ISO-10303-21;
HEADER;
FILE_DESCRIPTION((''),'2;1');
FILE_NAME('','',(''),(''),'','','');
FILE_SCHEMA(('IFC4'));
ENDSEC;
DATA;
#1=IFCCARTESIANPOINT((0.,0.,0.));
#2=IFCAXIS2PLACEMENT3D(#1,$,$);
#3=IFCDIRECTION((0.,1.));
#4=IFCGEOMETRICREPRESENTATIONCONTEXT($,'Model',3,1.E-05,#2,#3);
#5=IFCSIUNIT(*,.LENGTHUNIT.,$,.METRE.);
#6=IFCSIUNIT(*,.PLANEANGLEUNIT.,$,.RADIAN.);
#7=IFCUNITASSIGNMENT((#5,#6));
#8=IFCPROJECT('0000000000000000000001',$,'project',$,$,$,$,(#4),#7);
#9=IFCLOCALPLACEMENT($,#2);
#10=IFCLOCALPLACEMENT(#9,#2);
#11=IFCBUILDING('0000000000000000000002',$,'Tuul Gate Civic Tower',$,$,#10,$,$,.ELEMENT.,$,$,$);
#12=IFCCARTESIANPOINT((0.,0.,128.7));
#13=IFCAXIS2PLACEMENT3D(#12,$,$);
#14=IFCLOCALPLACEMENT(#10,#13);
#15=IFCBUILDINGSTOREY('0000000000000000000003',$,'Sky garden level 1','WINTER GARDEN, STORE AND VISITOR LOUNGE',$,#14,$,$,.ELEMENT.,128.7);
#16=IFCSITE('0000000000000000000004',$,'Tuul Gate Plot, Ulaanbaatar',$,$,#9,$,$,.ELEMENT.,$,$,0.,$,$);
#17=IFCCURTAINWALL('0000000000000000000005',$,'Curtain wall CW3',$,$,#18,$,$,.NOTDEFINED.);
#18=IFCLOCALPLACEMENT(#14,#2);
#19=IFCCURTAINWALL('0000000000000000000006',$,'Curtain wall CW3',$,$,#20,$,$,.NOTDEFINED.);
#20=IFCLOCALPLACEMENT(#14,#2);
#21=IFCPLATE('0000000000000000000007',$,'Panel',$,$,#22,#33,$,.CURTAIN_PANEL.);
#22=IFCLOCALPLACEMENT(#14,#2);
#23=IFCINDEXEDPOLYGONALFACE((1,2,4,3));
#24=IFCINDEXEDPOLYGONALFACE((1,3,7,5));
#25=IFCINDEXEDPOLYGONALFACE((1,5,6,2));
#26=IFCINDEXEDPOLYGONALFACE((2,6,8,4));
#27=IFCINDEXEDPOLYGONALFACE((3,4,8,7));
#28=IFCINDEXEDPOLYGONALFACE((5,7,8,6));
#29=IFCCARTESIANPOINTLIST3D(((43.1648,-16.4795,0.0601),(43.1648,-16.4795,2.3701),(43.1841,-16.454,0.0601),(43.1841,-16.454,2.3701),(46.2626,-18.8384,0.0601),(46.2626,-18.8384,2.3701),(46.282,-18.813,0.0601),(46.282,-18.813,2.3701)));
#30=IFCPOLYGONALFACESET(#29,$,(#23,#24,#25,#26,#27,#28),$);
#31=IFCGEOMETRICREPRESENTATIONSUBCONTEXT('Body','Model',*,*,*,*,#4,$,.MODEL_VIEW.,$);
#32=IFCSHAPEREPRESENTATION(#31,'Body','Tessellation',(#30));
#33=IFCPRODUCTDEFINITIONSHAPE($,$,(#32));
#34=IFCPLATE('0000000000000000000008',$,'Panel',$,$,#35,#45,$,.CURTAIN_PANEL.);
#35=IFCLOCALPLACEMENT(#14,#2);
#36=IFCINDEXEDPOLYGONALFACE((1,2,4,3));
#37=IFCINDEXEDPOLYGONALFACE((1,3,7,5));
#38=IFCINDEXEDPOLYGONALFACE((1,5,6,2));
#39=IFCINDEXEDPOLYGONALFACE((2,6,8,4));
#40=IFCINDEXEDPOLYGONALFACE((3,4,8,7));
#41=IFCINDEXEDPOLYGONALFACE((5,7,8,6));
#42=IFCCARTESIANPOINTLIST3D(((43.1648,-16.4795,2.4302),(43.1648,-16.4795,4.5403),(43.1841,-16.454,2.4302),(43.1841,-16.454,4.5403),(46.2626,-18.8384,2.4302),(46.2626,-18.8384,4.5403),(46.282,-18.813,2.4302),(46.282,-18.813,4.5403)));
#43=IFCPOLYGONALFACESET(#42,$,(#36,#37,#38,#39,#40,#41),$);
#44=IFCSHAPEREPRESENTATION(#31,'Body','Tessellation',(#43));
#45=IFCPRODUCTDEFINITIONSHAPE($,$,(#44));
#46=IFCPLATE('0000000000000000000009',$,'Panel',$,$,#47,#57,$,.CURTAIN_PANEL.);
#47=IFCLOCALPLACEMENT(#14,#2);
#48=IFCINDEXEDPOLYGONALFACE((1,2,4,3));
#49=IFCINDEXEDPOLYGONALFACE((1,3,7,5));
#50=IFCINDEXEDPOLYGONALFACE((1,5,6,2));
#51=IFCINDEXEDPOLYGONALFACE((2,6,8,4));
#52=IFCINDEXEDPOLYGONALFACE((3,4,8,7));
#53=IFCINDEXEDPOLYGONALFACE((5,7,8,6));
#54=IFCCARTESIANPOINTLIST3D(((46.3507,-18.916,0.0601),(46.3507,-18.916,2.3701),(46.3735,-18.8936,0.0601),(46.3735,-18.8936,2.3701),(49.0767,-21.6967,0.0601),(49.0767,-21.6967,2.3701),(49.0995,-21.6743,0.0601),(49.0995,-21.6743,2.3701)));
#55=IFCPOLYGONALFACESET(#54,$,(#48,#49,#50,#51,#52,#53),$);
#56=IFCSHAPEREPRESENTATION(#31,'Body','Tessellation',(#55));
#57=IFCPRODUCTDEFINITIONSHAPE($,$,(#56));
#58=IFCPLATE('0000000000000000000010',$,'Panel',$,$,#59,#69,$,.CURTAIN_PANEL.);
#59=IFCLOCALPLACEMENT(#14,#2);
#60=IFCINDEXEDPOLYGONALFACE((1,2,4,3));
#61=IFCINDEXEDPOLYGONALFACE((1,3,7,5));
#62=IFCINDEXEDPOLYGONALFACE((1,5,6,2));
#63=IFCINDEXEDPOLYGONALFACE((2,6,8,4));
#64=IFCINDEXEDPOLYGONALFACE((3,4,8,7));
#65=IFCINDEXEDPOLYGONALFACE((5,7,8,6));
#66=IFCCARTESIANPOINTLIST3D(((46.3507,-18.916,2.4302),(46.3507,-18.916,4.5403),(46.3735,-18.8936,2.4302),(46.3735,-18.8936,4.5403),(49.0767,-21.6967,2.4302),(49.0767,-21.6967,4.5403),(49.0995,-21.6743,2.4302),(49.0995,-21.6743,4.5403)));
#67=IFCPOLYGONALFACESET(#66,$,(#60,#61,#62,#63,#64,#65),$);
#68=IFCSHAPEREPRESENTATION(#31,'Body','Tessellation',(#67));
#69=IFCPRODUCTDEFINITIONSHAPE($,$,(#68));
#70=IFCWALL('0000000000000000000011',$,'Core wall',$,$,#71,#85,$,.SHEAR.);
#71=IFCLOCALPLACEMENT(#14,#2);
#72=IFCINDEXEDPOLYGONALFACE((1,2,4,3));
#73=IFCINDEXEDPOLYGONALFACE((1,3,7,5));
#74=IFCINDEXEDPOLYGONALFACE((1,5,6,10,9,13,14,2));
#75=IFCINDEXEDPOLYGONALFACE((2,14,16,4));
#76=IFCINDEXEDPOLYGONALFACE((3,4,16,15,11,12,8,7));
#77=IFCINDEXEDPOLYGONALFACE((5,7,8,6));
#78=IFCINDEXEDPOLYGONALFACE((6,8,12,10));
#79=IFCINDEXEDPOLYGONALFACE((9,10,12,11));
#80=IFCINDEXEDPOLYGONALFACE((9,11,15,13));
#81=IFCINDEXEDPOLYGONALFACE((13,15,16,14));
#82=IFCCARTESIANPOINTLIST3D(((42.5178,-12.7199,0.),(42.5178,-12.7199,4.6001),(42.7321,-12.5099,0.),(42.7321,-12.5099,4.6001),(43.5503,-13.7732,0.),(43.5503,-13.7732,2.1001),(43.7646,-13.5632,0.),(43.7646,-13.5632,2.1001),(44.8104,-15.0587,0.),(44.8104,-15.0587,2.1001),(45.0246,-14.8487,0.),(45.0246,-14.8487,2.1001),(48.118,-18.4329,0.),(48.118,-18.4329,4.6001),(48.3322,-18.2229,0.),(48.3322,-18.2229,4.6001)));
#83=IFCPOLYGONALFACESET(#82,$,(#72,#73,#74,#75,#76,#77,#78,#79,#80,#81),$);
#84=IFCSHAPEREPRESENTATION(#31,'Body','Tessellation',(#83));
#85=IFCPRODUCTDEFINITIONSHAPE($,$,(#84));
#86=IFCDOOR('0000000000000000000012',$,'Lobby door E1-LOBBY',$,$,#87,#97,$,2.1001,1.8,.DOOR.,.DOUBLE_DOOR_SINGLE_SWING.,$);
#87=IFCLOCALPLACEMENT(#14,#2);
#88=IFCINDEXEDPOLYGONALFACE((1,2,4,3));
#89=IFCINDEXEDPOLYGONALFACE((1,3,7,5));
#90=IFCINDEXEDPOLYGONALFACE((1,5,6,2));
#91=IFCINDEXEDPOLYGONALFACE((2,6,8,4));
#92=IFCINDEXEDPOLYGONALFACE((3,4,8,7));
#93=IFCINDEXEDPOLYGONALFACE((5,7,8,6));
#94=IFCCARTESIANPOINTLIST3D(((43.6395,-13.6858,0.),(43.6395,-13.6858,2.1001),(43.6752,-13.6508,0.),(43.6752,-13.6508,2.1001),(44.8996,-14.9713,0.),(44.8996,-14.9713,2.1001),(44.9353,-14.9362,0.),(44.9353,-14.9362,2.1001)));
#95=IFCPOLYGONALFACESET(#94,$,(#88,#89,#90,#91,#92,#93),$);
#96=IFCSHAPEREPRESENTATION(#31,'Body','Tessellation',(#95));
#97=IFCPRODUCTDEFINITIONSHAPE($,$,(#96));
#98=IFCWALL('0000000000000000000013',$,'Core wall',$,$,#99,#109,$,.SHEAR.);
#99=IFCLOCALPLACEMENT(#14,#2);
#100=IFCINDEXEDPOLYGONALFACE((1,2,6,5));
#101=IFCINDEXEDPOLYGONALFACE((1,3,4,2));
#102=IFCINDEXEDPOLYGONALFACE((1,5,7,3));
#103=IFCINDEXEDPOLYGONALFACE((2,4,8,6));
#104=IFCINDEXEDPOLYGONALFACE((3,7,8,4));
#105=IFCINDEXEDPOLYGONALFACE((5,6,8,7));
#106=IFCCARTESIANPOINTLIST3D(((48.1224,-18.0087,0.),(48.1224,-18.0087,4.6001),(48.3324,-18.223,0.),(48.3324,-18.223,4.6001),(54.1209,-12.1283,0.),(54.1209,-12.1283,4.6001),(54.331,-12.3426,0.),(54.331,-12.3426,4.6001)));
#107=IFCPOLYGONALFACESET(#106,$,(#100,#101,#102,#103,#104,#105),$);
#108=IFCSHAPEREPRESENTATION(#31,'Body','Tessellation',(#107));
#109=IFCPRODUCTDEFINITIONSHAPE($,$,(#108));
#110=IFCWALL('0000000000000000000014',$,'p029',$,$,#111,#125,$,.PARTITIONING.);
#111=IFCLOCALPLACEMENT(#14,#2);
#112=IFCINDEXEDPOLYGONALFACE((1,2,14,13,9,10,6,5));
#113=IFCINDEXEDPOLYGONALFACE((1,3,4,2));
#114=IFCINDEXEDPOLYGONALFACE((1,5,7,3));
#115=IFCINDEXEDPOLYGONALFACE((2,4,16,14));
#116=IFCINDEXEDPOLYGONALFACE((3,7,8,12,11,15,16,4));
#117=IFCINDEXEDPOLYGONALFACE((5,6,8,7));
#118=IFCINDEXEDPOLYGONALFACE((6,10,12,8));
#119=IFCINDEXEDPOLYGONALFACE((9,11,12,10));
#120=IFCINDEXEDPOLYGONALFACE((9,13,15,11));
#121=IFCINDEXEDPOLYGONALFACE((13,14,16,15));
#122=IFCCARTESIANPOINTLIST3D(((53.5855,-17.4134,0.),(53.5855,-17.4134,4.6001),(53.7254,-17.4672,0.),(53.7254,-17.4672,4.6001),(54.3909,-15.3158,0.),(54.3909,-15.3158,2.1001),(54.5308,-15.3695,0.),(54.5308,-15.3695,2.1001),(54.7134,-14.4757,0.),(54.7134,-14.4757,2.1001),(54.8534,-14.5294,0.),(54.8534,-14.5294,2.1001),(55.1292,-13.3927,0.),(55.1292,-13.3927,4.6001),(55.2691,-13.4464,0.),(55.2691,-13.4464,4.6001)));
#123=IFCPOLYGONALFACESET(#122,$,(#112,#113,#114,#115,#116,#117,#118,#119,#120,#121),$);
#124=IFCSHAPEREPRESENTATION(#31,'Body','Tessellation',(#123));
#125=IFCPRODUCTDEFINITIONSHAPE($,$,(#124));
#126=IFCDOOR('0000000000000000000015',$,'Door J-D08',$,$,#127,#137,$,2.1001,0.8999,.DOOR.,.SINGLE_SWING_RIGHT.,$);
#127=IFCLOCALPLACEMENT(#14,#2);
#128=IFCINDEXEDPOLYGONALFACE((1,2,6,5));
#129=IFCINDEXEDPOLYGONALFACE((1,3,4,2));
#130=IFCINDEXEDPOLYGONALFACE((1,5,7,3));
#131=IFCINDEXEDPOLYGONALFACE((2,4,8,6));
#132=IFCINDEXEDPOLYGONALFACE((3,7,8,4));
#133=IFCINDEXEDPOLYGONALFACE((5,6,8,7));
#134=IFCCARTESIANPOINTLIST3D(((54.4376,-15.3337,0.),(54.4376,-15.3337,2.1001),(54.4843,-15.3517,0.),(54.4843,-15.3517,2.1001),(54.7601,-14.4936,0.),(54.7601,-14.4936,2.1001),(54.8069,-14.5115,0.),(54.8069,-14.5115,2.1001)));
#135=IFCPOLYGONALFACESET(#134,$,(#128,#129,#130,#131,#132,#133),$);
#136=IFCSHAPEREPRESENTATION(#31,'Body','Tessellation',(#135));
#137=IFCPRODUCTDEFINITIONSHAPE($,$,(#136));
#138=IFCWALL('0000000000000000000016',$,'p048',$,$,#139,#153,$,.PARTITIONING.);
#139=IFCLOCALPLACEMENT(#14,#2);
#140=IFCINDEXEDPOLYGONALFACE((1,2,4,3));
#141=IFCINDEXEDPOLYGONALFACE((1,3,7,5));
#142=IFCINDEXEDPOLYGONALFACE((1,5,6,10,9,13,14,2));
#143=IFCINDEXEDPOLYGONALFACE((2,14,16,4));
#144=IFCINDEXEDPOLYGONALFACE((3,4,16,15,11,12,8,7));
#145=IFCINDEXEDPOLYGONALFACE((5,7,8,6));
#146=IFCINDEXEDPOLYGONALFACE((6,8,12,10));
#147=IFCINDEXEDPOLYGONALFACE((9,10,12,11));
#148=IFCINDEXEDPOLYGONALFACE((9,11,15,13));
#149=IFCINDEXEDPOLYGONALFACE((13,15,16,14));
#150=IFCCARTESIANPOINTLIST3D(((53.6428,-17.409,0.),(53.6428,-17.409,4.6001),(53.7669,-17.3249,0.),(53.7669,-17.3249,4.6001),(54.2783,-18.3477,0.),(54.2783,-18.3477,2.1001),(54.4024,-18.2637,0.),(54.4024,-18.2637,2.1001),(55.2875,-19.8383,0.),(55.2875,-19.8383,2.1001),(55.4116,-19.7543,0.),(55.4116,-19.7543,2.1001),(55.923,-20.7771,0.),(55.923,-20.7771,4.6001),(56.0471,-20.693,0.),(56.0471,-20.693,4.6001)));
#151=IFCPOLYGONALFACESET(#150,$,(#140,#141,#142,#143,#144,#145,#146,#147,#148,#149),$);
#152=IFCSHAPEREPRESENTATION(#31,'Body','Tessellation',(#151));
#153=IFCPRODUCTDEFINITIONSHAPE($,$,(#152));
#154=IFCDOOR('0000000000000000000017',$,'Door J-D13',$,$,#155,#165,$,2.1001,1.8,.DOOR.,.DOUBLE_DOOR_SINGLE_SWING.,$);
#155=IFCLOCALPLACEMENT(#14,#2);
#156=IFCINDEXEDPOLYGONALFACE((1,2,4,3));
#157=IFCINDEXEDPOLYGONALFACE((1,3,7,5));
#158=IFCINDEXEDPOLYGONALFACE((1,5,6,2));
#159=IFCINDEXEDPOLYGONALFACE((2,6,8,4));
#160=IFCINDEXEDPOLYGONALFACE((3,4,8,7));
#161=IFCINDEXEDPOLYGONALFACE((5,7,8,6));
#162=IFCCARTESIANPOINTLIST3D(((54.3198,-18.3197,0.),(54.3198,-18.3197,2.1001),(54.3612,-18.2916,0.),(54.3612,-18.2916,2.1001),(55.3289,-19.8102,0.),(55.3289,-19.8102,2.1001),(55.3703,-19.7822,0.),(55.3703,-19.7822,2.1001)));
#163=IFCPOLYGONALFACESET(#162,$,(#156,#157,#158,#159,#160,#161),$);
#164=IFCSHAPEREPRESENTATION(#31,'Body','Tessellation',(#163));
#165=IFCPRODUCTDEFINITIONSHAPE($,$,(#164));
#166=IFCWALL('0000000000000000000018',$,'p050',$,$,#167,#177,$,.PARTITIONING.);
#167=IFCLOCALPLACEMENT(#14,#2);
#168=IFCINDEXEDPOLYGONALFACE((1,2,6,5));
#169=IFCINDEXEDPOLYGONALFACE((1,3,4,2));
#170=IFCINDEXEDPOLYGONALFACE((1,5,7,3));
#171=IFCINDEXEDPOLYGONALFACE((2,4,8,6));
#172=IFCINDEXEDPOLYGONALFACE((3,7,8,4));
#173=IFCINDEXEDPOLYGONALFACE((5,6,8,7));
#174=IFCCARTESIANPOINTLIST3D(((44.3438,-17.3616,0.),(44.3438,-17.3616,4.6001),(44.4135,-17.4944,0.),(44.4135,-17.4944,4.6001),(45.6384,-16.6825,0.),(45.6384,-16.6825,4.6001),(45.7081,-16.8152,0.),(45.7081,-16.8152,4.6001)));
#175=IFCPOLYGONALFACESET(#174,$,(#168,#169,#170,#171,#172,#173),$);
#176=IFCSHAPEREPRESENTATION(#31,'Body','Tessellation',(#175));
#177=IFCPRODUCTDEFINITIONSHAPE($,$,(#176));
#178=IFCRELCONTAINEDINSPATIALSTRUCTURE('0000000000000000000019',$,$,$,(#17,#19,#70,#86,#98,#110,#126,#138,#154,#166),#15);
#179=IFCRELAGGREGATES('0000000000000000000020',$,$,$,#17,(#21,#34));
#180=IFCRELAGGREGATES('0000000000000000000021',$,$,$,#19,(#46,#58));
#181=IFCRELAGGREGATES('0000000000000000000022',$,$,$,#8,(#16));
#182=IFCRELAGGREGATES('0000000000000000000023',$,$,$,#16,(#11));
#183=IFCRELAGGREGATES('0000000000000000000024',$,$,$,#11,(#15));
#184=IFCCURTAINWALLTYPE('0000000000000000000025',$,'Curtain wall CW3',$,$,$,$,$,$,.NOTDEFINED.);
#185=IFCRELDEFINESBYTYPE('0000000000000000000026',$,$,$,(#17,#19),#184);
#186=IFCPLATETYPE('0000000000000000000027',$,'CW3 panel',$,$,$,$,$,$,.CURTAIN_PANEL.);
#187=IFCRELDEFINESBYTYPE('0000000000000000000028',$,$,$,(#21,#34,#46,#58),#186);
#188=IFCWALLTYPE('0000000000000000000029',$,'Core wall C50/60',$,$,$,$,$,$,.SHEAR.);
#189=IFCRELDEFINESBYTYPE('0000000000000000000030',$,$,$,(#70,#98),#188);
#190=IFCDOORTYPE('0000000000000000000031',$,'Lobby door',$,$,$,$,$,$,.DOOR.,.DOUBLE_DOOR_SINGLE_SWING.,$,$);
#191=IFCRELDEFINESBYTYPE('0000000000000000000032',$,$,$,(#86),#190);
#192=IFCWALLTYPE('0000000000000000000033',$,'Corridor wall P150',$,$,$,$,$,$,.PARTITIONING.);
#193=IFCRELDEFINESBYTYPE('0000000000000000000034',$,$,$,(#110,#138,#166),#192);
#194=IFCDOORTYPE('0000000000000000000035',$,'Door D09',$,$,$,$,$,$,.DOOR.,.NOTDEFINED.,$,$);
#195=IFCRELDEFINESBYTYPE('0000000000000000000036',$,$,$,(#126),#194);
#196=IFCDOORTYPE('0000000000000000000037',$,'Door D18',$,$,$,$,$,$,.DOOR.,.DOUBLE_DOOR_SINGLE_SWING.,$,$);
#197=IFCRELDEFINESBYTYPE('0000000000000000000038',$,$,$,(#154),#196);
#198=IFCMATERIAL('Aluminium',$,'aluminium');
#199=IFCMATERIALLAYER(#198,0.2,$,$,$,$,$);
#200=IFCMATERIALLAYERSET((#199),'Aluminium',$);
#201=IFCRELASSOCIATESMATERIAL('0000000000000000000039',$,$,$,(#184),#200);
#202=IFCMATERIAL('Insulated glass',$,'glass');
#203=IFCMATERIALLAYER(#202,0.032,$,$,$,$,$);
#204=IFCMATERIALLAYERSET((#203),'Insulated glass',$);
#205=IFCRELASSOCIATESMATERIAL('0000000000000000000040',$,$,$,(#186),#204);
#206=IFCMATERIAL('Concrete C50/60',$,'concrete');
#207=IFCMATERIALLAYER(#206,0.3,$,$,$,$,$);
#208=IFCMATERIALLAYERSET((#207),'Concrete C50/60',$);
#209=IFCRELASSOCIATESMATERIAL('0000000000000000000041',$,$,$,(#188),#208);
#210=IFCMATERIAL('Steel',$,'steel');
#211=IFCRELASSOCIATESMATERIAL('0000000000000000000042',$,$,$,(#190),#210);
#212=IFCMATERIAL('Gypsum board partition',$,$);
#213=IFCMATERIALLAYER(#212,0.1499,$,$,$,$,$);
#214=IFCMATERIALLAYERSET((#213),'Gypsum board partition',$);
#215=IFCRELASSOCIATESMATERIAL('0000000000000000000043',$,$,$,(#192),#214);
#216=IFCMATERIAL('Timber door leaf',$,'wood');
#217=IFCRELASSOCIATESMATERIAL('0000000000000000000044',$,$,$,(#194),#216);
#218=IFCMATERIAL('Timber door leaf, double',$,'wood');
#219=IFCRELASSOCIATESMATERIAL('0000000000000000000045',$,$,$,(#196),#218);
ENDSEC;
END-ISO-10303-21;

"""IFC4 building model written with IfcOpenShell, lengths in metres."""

from ifc_helpers import new_model, si_unit, direction, frame, frame_2d, origin, origin_2d, place, context, subcontext, project, spatial, rectangle, extrude, material, layer, layer_set, type_object, element, fill, aggregate, save


model = new_model("IFC4")

# Units and contexts
model_context = context("Model", 3, precision=1e-05, world=origin(), true_north=direction((0.0, 1.0)))
body_context = subcontext(model_context, "Body", "Model", "MODEL_VIEW")
ifc_project = project(units=[si_unit("LENGTHUNIT", "METRE"), si_unit("PLANEANGLEUNIT", "RADIAN")], contexts=[model_context])

# Site, building, storey
site_placement = place(None, origin())
site = spatial("IfcSite", under=ifc_project, at=site_placement, Name="Tuul Gate Plot, Ulaanbaatar", CompositionType="ELEMENT", RefElevation=0.0)
building_placement = place(site_placement, origin())
building = spatial("IfcBuilding", under=site, at=building_placement, Name="Tuul Gate Civic Tower", CompositionType="ELEMENT")
storey_placement = place(building_placement, frame((0.0, 0.0, 128.7)))
storey = spatial("IfcBuildingStorey", under=building, at=storey_placement, Name="Sky garden level 1", Description="WINTER GARDEN, STORE AND VISITOR LOUNGE", CompositionType="ELEMENT", Elevation=128.7)

# Curtain wall
ifc_material_1 = material(Name="Aluminium", Category="aluminium")
ifc_layer_1 = layer(ifc_material_1, 0.2)
ifc_layer_set_1 = layer_set([ifc_layer_1], Name="Aluminium")
curtain_wall_type = type_object("IfcCurtainWallType", Name="Curtain wall CW3", PredefinedType="NOTDEFINED", material=ifc_layer_set_1)
curtain_wall_1_placement = place(storey_placement, origin())
curtain_wall_1 = element("IfcCurtainWall", 1, at=curtain_wall_1_placement, inside=storey, type_object=curtain_wall_type, Name="Curtain wall CW3", PredefinedType="NOTDEFINED")

# Curtain wall
curtain_wall_2_placement = place(storey_placement, origin())
curtain_wall_2 = element("IfcCurtainWall", 2, at=curtain_wall_2_placement, inside=storey, type_object=curtain_wall_type, Name="Curtain wall CW3", PredefinedType="NOTDEFINED")

# Plates
ifc_material_2 = material(Name="Insulated glass", Category="glass")
ifc_layer_2 = layer(ifc_material_2, 0.032)
ifc_layer_set_2 = layer_set([ifc_layer_2], Name="Insulated glass")
plate_type = type_object("IfcPlateType", Name="CW3 panel", PredefinedType="CURTAIN_PANEL", material=ifc_layer_set_2)
plate_1_placement = place(storey_placement, frame((44.7234, -17.6462, 0.0601), z_axis=(0.0, 0.0, 1.0), x_axis=(0.795596, -0.605828, 0.0)))
plate_1 = element("IfcPlate", 3, at=plate_1_placement, type_object=plate_type, Name="Panel", PredefinedType="CURTAIN_PANEL", context=body_context, shape_type="SweptSolid", body=[
    extrude(rectangle(XDim=3.8938, YDim=0.032, at=origin_2d()), origin(), (0.0, 0.0, 1.0), 2.3101),
])
plate_2_placement = place(storey_placement, frame((44.7234, -17.6462, 2.4302), z_axis=(0.0, 0.0, 1.0), x_axis=(0.795596, -0.605828, 0.0)))
plate_2 = element("IfcPlate", 4, at=plate_2_placement, type_object=plate_type, Name="Panel", PredefinedType="CURTAIN_PANEL", context=body_context, shape_type="SweptSolid", body=[
    extrude(rectangle(XDim=3.8938, YDim=0.032, at=origin_2d()), origin(), (0.0, 0.0, 1.0), 2.1101),
])
aggregate(curtain_wall_1, [plate_1, plate_2])
plate_3_placement = place(storey_placement, frame((47.7251, -20.2952, 0.0601), z_axis=(0.0, 0.0, 1.0), x_axis=(0.700044, -0.7141, 0.0)))
plate_3 = element("IfcPlate", 5, at=plate_3_placement, type_object=plate_type, Name="Panel", PredefinedType="CURTAIN_PANEL", context=body_context, shape_type="SweptSolid", body=[
    extrude(rectangle(XDim=3.894, YDim=0.032, at=origin_2d()), origin(), (0.0, 0.0, 1.0), 2.3101),
])
plate_4_placement = place(storey_placement, frame((47.7251, -20.2952, 2.4302), z_axis=(0.0, 0.0, 1.0), x_axis=(0.700044, -0.7141, 0.0)))
plate_4 = element("IfcPlate", 6, at=plate_4_placement, type_object=plate_type, Name="Panel", PredefinedType="CURTAIN_PANEL", context=body_context, shape_type="SweptSolid", body=[
    extrude(rectangle(XDim=3.894, YDim=0.032, at=origin_2d()), origin(), (0.0, 0.0, 1.0), 2.1101),
])
aggregate(curtain_wall_2, [plate_3, plate_4])

# Wall, opening, door
ifc_material_3 = material(Name="Concrete C50/60", Category="concrete")
ifc_layer_3 = layer(ifc_material_3, 0.3)
ifc_layer_set_3 = layer_set([ifc_layer_3], Name="Concrete C50/60")
wall_type_1 = type_object("IfcWallType", Name="Core wall C50/60", PredefinedType="SHEAR", material=ifc_layer_set_3)
wall_1_placement = place(storey_placement, frame((48.2251, -18.3279, 0.0), z_axis=(0.0, 0.0, 1.0), x_axis=(-0.700022, 0.714121, 0.0)))
wall_1 = element("IfcWall", 7, at=wall_1_placement, inside=storey, type_object=wall_type_1, Name="Core wall", PredefinedType="SHEAR", context=body_context, shape_type="SweptSolid", body=[
    extrude(rectangle(XDim=8.0, YDim=0.3, at=frame_2d((4.0, 0.0))), origin(), (0.0, 0.0, 1.0), 4.6001),
])
opening_1_placement = place(wall_1_placement, frame((4.7251, 0.0, 0.0)))
opening_1 = element("IfcOpeningElement", 8, at=opening_1_placement, cuts=wall_1, PredefinedType="OPENING", context=body_context, shape_type="SweptSolid", body=[
    extrude(rectangle(XDim=1.8, YDim=2.1001, at=frame_2d((0.8999, 1.05))), frame((0.0, 0.1602, 0.0), z_axis=(0.0, -1.0, 0.0), x_axis=(1.0, 0.0, 0.0)), (0.0, 0.0, 1.0), 0.3201),
])
ifc_material_4 = material(Name="Steel", Category="steel")
door_type_1 = type_object("IfcDoorType", Name="Lobby door", OperationType="DOUBLE_DOOR_SINGLE_SWING", PredefinedType="DOOR", material=ifc_material_4)
door_1_placement = place(opening_1_placement, frame((1.8, 0.0, 0.0), z_axis=(0.0, 0.0, 1.0), x_axis=(-1.0, 0.0, 0.0)))
door_1 = element("IfcDoor", 9, at=door_1_placement, inside=storey, type_object=door_type_1, Name="Lobby door E1-LOBBY", OperationType="DOUBLE_DOOR_SINGLE_SWING", OverallHeight=2.1001, OverallWidth=1.8, PredefinedType="DOOR", context=body_context, shape_type="SweptSolid", body=[
    extrude(rectangle(XDim=1.8, YDim=2.1001, at=frame_2d((0.9001, 1.05))), frame((0.0, 0.0249, 0.0), z_axis=(0.0, -1.0, 0.0), x_axis=(1.0, 0.0, 0.0)), (0.0, 0.0, 1.0), 0.05),
])
fill(opening_1, door_1)

# Wall
wall_2_placement = place(storey_placement, frame((48.2273, -18.116, 0.0), z_axis=(0.0, 0.0, 1.0), x_axis=(0.714105, 0.700038, 0.0)))
element("IfcWall", 10, at=wall_2_placement, inside=storey, type_object=wall_type_1, Name="Core wall", PredefinedType="SHEAR", context=body_context, shape_type="SweptSolid", body=[
    extrude(rectangle(XDim=8.4001, YDim=0.3, at=frame_2d((4.2002, 0.0))), origin(), (0.0, 0.0, 1.0), 4.6001),
])

# Walls, openings, doors
ifc_material_5 = material(Name="Gypsum board partition")
ifc_layer_4 = layer(ifc_material_5, 0.1499)
ifc_layer_set_4 = layer_set([ifc_layer_4], Name="Gypsum board partition")
wall_type_2 = type_object("IfcWallType", Name="Corridor wall P150", PredefinedType="PARTITIONING", material=ifc_layer_set_4)
wall_3_placement = place(storey_placement, frame((53.6555, -17.4402, 0.0), z_axis=(0.0, 0.0, 1.0), x_axis=(0.358424, 0.933559, 0.0)))
wall_3 = element("IfcWall", 11, at=wall_3_placement, inside=storey, type_object=wall_type_2, Name="p029", PredefinedType="PARTITIONING", context=body_context, shape_type="SweptSolid", body=[
    extrude(rectangle(XDim=4.3069, YDim=0.1499, at=frame_2d((2.1533, 0.0))), origin(), (0.0, 0.0, 1.0), 4.6001),
])
opening_2_placement = place(wall_3_placement, frame((2.2468, 0.0, 0.0)))
opening_2 = element("IfcOpeningElement", 12, at=opening_2_placement, cuts=wall_3, PredefinedType="OPENING", context=body_context, shape_type="SweptSolid", body=[
    extrude(rectangle(XDim=0.8999, YDim=2.1001, at=frame_2d((0.45, 1.05))), frame((0.0, 0.085, 0.0), z_axis=(0.0, -1.0, 0.0), x_axis=(1.0, 0.0, 0.0)), (0.0, 0.0, 1.0), 0.1699),
])
ifc_material_6 = material(Name="Timber door leaf", Category="wood")
door_type_2 = type_object("IfcDoorType", Name="Door D09", OperationType="NOTDEFINED", PredefinedType="DOOR", material=ifc_material_6)
door_2_placement = place(opening_2_placement, origin())
door_2 = element("IfcDoor", 13, at=door_2_placement, inside=storey, type_object=door_type_2, Name="Door J-D08", OperationType="SINGLE_SWING_RIGHT", OverallHeight=2.1001, OverallWidth=0.8999, PredefinedType="DOOR", context=body_context, shape_type="SweptSolid", body=[
    extrude(rectangle(XDim=0.8999, YDim=2.1001, at=frame_2d((0.45, 1.05))), frame((0.0, 0.0249, 0.0), z_axis=(0.0, -1.0, 0.0), x_axis=(1.0, 0.0, 0.0)), (0.0, 0.0, 1.0), 0.05),
])
fill(opening_2, door_2)
wall_4_placement = place(storey_placement, frame((53.7048, -17.3669, 0.0), z_axis=(0.0, 0.0, 1.0), x_axis=(0.560615, -0.828077, 0.0)))
wall_4 = element("IfcWall", 14, at=wall_4_placement, inside=storey, type_object=wall_type_2, Name="p048", PredefinedType="PARTITIONING", context=body_context, shape_type="SweptSolid", body=[
    extrude(rectangle(XDim=4.0674, YDim=0.1499, at=frame_2d((2.0337, 0.0))), origin(), (0.0, 0.0, 1.0), 4.6001),
])
opening_3_placement = place(wall_4_placement, frame((1.1338, 0.0, 0.0)))
opening_3 = element("IfcOpeningElement", 15, at=opening_3_placement, cuts=wall_4, PredefinedType="OPENING", context=body_context, shape_type="SweptSolid", body=[
    extrude(rectangle(XDim=1.8, YDim=2.1001, at=frame_2d((0.8999, 1.05))), frame((0.0, 0.085, 0.0), z_axis=(0.0, -1.0, 0.0), x_axis=(1.0, 0.0, 0.0)), (0.0, 0.0, 1.0), 0.1699),
])
ifc_material_7 = material(Name="Timber door leaf, double", Category="wood")
door_type_3 = type_object("IfcDoorType", Name="Door D18", OperationType="DOUBLE_DOOR_SINGLE_SWING", PredefinedType="DOOR", material=ifc_material_7)
door_3_placement = place(opening_3_placement, frame((1.8, 0.0, 0.0), z_axis=(0.0, 0.0, 1.0), x_axis=(-1.0, 0.0, 0.0)))
door_3 = element("IfcDoor", 16, at=door_3_placement, inside=storey, type_object=door_type_3, Name="Door J-D13", OperationType="DOUBLE_DOOR_SINGLE_SWING", OverallHeight=2.1001, OverallWidth=1.8, PredefinedType="DOOR", context=body_context, shape_type="SweptSolid", body=[
    extrude(rectangle(XDim=1.8, YDim=2.1001, at=frame_2d((0.9001, 1.05))), frame((0.0, 0.0249, 0.0), z_axis=(0.0, -1.0, 0.0), x_axis=(1.0, 0.0, 0.0)), (0.0, 0.0, 1.0), 0.05),
])
fill(opening_3, door_3)

# Wall
wall_5_placement = place(storey_placement, frame((44.3787, -17.428, 0.0), z_axis=(0.0, 0.0, 1.0), x_axis=(0.88554, 0.464562, 0.0)))
element("IfcWall", 17, at=wall_5_placement, inside=storey, type_object=wall_type_2, Name="p050", PredefinedType="PARTITIONING", context=body_context, shape_type="SweptSolid", body=[
    extrude(rectangle(XDim=1.4619, YDim=0.1499, at=frame_2d((0.731, 0.0))), origin(), (0.0, 0.0, 1.0), 4.6001),
])

save(model, "model.ifc")
